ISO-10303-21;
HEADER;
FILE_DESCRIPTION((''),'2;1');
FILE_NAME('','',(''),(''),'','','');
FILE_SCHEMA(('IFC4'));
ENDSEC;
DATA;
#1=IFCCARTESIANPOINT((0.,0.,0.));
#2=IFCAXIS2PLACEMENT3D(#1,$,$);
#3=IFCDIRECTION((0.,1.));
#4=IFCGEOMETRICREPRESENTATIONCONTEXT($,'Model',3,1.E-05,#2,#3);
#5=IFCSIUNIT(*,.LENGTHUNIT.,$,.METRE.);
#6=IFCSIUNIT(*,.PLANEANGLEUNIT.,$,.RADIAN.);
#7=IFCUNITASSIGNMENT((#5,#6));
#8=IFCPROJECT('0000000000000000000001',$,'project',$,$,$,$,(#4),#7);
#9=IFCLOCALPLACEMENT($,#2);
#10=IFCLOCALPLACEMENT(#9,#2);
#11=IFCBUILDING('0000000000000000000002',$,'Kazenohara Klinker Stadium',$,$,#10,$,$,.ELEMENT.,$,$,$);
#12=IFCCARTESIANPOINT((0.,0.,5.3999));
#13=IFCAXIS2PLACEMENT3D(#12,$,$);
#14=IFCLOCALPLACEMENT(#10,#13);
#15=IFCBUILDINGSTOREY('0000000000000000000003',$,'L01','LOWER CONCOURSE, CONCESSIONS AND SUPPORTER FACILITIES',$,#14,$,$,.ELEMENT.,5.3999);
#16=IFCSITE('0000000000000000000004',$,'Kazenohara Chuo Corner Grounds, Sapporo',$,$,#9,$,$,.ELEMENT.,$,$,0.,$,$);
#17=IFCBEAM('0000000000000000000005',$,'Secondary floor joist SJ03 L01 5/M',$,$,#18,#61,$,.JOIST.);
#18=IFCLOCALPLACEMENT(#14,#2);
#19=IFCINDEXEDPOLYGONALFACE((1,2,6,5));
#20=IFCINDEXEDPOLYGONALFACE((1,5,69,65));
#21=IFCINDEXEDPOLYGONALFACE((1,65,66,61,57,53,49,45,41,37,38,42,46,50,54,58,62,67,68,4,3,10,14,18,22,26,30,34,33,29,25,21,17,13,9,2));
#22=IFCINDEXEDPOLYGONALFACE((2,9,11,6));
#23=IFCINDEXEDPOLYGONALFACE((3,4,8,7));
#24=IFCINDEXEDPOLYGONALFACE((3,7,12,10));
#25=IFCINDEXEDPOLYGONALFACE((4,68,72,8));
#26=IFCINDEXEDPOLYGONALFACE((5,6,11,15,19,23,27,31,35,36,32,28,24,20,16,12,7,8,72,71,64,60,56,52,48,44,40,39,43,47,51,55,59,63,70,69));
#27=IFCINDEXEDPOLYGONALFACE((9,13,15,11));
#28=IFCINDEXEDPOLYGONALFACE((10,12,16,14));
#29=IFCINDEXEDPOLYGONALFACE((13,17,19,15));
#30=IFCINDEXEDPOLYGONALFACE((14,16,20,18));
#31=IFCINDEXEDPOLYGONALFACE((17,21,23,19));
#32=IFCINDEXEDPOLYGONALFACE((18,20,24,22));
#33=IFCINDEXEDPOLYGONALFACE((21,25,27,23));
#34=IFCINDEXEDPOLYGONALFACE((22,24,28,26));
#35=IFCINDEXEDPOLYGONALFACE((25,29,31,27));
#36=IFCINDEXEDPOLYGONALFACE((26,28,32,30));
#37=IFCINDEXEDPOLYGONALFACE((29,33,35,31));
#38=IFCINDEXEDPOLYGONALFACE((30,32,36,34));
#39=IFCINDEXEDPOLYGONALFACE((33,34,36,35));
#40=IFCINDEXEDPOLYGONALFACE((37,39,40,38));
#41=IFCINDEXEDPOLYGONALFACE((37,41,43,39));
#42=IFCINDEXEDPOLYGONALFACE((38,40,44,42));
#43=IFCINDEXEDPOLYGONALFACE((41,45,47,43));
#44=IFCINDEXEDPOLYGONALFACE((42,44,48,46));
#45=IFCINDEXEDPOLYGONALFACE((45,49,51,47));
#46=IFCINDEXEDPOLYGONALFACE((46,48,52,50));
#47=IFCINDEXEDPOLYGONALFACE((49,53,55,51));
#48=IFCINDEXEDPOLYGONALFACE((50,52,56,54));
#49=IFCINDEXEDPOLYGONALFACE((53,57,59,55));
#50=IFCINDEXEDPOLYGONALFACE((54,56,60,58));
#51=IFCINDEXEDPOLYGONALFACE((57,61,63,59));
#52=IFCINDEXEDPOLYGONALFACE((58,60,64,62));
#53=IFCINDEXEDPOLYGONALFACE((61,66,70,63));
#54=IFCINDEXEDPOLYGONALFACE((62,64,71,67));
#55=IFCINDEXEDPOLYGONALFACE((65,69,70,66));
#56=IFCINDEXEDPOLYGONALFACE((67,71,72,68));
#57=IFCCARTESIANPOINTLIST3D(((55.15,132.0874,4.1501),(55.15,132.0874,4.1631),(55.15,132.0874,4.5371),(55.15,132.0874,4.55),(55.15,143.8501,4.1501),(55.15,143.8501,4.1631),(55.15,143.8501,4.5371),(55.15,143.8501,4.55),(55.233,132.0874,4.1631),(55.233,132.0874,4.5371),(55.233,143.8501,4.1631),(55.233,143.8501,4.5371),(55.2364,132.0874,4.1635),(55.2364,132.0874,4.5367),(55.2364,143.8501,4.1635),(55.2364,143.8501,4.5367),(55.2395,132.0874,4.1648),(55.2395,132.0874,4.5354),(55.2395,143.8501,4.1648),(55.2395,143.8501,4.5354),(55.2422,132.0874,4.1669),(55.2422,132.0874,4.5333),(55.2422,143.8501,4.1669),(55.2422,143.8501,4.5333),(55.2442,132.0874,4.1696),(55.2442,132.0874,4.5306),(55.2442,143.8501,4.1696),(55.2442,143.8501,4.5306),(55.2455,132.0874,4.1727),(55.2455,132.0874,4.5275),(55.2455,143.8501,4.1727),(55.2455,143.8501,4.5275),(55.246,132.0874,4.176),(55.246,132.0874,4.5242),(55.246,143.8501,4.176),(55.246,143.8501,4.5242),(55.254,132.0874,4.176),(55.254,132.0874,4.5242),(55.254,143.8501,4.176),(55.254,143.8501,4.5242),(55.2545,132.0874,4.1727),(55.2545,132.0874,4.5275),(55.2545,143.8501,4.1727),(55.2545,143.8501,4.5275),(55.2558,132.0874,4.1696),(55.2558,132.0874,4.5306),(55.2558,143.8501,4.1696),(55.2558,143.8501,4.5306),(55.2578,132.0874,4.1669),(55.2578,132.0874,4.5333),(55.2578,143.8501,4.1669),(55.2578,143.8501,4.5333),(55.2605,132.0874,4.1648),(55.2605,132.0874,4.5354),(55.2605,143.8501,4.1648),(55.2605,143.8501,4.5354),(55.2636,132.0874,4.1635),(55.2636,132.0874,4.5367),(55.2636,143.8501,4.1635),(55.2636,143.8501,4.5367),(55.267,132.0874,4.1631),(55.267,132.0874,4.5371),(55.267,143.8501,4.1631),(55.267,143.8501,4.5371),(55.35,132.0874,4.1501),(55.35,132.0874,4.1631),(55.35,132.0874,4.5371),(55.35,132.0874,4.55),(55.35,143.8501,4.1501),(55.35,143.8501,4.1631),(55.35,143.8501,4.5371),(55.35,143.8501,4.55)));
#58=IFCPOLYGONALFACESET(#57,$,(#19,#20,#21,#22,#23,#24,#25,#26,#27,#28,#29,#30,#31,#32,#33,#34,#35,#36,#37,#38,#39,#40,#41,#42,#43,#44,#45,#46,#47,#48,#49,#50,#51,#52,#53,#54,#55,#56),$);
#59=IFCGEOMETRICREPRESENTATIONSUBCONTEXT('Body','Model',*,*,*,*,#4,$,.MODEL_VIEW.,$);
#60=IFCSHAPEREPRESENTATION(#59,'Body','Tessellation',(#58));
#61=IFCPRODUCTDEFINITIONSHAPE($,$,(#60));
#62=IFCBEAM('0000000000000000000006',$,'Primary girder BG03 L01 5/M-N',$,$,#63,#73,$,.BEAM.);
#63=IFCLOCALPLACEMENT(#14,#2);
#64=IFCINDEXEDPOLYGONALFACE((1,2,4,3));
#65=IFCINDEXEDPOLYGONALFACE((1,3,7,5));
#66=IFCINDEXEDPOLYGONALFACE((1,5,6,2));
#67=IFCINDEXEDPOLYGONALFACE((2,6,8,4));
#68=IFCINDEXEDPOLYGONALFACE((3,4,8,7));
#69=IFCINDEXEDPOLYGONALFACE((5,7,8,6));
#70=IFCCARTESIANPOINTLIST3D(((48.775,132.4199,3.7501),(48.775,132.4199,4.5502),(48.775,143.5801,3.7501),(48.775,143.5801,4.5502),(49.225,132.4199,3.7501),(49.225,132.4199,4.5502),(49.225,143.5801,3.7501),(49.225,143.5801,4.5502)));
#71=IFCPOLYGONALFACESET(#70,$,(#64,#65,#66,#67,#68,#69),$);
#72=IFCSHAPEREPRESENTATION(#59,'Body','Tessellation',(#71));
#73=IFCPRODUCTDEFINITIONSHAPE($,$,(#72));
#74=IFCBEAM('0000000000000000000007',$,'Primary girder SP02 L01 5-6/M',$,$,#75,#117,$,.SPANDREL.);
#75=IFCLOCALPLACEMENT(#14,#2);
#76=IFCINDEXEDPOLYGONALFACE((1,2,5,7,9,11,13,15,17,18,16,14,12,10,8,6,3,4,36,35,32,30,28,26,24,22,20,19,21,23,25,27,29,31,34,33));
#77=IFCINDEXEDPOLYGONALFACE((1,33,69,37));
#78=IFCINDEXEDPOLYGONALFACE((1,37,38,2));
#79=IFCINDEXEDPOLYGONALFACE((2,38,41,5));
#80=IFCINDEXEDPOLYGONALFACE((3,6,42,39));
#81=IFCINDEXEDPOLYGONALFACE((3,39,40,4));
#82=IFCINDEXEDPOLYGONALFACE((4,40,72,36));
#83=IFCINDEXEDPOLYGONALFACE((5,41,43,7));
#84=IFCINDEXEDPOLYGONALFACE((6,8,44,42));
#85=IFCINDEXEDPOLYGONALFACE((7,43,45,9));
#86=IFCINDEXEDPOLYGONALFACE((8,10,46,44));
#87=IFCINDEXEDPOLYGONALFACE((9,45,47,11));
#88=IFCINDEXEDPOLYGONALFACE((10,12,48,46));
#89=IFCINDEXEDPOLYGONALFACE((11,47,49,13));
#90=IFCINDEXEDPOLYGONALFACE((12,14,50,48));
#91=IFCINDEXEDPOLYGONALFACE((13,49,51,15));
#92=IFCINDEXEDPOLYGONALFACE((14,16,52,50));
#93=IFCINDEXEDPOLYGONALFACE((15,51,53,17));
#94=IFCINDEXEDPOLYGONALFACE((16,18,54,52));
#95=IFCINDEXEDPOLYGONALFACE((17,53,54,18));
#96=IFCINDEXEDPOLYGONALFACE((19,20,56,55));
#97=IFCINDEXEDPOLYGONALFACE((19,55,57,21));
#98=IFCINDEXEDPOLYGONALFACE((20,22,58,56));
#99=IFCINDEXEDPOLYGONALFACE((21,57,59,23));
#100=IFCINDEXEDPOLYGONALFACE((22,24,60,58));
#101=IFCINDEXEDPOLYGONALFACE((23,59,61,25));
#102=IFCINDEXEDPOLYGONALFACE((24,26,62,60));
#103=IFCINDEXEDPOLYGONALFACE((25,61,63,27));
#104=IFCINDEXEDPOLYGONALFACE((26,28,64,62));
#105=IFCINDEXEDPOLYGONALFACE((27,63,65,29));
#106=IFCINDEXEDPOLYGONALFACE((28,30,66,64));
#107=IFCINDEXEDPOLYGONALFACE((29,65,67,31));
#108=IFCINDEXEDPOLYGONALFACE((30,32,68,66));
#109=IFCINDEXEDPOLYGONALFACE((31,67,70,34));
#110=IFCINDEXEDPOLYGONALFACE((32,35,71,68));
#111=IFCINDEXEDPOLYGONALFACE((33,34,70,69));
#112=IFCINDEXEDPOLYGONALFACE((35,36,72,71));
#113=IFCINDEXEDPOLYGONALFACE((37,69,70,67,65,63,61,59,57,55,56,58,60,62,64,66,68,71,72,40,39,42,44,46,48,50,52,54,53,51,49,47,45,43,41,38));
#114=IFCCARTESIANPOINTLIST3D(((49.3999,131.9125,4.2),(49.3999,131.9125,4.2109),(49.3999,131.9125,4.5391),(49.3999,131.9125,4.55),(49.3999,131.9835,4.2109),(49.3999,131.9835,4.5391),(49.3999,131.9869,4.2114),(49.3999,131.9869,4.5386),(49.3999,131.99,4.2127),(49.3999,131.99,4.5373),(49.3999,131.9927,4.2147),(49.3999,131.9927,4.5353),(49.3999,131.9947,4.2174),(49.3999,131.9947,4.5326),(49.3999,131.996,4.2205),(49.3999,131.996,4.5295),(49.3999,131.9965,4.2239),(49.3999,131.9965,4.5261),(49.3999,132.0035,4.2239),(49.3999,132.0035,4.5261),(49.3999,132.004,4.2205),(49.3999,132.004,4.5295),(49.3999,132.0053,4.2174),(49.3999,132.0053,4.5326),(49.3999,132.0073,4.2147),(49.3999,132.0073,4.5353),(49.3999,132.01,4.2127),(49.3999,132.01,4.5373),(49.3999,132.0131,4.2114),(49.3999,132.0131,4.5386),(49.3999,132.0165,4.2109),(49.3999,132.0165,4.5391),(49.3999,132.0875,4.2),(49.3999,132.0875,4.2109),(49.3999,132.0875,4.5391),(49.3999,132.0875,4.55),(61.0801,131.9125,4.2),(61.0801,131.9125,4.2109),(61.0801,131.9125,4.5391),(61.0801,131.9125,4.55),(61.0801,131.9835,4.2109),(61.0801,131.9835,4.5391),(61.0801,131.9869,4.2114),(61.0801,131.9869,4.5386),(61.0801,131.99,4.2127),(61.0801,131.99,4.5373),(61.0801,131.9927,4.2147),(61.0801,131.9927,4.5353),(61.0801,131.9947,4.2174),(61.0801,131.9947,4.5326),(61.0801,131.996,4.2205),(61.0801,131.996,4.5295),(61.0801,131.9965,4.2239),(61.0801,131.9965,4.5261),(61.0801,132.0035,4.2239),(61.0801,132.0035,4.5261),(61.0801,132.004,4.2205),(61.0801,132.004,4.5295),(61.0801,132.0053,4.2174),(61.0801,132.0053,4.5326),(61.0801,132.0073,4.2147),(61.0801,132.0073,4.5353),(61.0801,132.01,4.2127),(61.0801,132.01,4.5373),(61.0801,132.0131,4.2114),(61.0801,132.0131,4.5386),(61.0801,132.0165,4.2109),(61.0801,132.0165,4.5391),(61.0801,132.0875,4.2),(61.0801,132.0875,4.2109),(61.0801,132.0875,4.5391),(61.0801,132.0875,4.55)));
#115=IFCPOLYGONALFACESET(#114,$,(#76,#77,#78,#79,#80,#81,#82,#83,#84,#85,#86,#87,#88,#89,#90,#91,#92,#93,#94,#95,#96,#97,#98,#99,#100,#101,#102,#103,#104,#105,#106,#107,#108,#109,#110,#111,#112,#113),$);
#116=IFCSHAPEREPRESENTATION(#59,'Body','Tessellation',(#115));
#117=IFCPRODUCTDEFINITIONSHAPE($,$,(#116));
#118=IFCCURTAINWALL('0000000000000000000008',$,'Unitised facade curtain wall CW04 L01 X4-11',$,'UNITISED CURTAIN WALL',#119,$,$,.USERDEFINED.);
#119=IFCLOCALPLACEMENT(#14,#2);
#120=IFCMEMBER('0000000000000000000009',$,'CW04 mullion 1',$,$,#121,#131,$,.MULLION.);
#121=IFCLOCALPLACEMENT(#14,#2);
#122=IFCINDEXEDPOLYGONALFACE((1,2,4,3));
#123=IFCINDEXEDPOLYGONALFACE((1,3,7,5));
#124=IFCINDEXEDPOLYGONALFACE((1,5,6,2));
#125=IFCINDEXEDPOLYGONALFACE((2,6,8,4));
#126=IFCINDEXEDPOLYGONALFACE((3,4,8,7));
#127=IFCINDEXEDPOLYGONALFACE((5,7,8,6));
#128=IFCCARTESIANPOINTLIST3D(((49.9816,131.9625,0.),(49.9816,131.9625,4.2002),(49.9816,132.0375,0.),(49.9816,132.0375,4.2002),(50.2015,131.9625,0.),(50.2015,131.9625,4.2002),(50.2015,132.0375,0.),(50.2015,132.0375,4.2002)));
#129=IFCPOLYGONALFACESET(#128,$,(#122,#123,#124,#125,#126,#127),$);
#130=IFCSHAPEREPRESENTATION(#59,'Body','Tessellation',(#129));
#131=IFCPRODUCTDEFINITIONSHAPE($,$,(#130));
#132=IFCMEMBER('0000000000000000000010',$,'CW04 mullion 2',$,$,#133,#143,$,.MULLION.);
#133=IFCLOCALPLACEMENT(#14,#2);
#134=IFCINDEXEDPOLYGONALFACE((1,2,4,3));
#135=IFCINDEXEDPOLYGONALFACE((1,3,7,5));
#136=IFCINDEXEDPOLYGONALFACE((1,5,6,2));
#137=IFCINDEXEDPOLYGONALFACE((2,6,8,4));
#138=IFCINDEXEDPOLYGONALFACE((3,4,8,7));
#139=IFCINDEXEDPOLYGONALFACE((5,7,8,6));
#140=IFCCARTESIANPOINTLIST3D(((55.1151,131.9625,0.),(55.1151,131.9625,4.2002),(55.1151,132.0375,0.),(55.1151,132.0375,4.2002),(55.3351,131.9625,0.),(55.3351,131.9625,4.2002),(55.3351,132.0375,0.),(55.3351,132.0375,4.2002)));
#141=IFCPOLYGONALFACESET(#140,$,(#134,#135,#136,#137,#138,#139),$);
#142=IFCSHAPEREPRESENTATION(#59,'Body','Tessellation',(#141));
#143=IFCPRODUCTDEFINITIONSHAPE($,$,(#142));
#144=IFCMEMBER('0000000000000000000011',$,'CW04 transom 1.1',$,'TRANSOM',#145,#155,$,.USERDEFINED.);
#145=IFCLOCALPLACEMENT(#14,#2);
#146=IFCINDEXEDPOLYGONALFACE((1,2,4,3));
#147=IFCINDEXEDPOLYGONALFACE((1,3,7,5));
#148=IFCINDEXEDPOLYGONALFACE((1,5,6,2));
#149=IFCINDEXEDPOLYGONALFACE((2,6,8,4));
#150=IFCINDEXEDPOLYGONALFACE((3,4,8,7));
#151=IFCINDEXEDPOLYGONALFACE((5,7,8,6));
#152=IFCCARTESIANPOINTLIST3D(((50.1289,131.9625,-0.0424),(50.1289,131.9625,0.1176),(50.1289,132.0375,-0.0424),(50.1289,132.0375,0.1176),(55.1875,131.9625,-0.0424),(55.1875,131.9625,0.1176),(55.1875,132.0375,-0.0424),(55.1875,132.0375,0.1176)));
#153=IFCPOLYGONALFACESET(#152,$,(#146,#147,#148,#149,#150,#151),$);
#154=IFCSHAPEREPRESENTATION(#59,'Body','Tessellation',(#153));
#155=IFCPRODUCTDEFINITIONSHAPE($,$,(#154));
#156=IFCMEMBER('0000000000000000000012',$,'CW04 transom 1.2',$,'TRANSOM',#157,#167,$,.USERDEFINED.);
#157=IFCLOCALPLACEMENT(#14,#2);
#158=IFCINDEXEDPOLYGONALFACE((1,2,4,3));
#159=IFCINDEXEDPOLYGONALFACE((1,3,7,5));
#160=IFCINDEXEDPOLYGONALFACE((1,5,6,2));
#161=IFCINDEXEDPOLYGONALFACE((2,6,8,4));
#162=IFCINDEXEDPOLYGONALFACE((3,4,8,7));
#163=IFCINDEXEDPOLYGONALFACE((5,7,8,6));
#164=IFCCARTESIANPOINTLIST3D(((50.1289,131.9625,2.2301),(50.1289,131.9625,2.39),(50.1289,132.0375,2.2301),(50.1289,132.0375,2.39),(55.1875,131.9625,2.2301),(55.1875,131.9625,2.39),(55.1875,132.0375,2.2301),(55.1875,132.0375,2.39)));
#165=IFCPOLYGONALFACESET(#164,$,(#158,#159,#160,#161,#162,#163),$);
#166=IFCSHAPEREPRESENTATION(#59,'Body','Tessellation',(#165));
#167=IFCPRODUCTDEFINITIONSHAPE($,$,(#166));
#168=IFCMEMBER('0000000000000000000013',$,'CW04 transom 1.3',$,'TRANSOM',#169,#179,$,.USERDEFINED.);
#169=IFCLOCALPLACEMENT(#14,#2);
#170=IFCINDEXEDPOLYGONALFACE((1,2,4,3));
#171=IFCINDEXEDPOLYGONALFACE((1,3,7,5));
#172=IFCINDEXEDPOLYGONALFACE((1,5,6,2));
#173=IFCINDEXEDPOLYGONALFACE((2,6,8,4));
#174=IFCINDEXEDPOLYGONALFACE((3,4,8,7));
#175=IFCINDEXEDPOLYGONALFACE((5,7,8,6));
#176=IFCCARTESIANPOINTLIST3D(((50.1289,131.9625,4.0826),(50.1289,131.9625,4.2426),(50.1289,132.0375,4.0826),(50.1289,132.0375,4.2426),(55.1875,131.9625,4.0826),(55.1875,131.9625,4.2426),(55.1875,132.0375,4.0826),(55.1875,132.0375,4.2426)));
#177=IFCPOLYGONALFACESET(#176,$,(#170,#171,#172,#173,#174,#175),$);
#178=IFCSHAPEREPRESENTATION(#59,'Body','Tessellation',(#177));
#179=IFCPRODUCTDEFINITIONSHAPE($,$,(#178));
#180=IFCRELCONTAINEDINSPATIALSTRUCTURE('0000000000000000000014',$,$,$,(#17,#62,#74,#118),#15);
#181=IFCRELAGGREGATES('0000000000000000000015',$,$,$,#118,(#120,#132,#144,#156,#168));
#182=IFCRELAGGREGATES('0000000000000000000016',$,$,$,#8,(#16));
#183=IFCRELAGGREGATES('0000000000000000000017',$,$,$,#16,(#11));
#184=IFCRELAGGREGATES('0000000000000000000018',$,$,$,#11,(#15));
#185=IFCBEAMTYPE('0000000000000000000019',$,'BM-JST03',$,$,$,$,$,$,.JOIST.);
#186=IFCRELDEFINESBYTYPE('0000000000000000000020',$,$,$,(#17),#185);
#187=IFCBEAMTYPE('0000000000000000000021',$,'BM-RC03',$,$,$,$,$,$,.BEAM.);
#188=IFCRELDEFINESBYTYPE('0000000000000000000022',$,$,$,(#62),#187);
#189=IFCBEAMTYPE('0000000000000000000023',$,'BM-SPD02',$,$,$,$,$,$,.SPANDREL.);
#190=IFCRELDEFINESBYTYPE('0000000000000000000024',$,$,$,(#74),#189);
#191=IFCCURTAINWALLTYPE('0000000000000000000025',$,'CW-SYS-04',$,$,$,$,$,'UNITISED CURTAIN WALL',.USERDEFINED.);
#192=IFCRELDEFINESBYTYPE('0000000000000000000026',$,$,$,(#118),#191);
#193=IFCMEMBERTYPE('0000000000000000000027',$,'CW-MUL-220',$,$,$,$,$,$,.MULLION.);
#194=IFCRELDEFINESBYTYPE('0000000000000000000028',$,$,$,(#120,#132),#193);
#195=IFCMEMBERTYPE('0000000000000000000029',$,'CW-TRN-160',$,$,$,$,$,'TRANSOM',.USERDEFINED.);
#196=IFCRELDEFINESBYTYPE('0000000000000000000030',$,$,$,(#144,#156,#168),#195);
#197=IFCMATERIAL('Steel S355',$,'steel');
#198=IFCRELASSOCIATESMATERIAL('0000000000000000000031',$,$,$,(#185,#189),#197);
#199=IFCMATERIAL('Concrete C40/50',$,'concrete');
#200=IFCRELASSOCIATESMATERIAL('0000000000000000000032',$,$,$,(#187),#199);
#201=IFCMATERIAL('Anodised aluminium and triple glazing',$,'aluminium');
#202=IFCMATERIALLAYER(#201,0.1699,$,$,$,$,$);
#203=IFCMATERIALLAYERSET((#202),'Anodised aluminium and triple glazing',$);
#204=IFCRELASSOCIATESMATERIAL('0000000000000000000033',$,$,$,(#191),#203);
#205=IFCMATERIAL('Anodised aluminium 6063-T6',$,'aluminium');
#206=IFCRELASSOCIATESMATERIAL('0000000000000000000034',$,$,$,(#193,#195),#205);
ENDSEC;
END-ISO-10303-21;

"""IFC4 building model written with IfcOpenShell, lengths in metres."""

from ifc_helpers import new_model, si_unit, direction, frame, origin, origin_2d, place, context, subcontext, project, spatial, rectangle, i_section, extrude, material, layer, layer_set, material_profile, profile_set, type_object, element, aggregate, save


model = new_model("IFC4")

# Units and contexts
model_context = context("Model", 3, precision=1e-05, world=origin(), true_north=direction((0.0, 1.0)))
body_context = subcontext(model_context, "Body", "Model", "MODEL_VIEW")
ifc_project = project(units=[si_unit("LENGTHUNIT", "METRE"), si_unit("PLANEANGLEUNIT", "RADIAN")], contexts=[model_context])

# Site, building, storey
site_placement = place(None, origin())
site = spatial("IfcSite", under=ifc_project, at=site_placement, Name="Kazenohara Chuo Corner Grounds, Sapporo", CompositionType="ELEMENT", RefElevation=0.0)
building_placement = place(site_placement, origin())
building = spatial("IfcBuilding", under=site, at=building_placement, Name="Kazenohara Klinker Stadium", CompositionType="ELEMENT")
storey_placement = place(building_placement, frame((0.0, 0.0, 5.3999)))
storey = spatial("IfcBuildingStorey", under=building, at=storey_placement, Name="L01", Description="LOWER CONCOURSE, CONCESSIONS AND SUPPORTER FACILITIES", CompositionType="ELEMENT", Elevation=5.3999)

# Beams
ifc_material_1 = material(Name="Steel S355", Category="steel")
ifc_material_profile_1 = material_profile(ifc_material_1, i_section(OverallWidth=0.2, OverallDepth=0.3999, WebThickness=0.0081, FlangeThickness=0.0129, FilletRadius=0.0129, at=origin_2d()), Name="H-400x200x8x13")
ifc_profile_set_1 = profile_set([ifc_material_profile_1], Name="Steel S355")
beam_type_1 = type_object("IfcBeamType", Name="BM-JST03", PredefinedType="JOIST", material=ifc_profile_set_1)
beam_1_placement = place(storey_placement, frame((55.25, 132.0874, 4.3501), z_axis=(0.0, 1.0, 0.0), x_axis=(-1.0, 0.0, 0.0)))
element("IfcBeam", 1, at=beam_1_placement, inside=storey, type_object=beam_type_1, Name="Secondary floor joist SJ03 L01 5/M", PredefinedType="JOIST", context=body_context, shape_type="SweptSolid", body=[
    extrude(i_section(OverallWidth=0.2, OverallDepth=0.3999, WebThickness=0.0081, FlangeThickness=0.0129, FilletRadius=0.0129, at=origin_2d()), origin(), (0.0, 0.0, 1.0), 11.7627),
])
ifc_material_2 = material(Name="Concrete C40/50", Category="concrete")
ifc_material_profile_2 = material_profile(ifc_material_2, rectangle(XDim=0.45, YDim=0.8, at=origin_2d()), Name="RC-BM-450x800")
ifc_profile_set_2 = profile_set([ifc_material_profile_2], Name="Concrete C40/50")
beam_type_2 = type_object("IfcBeamType", Name="BM-RC03", PredefinedType="BEAM", material=ifc_profile_set_2)
beam_2_placement = place(storey_placement, frame((49.0, 132.4199, 4.1501), z_axis=(0.0, 1.0, 0.0), x_axis=(-1.0, 0.0, 0.0)))
element("IfcBeam", 2, at=beam_2_placement, inside=storey, type_object=beam_type_2, Name="Primary girder BG03 L01 5/M-N", PredefinedType="BEAM", context=body_context, shape_type="SweptSolid", body=[
    extrude(rectangle(XDim=0.45, YDim=0.8, at=origin_2d()), origin(), (0.0, 0.0, 1.0), 11.1602),
])
ifc_material_profile_3 = material_profile(ifc_material_1, i_section(OverallWidth=0.175, OverallDepth=0.3501, WebThickness=0.0071, FlangeThickness=0.011, FilletRadius=0.0129, at=origin_2d()), Name="H-350x175x7x11")
ifc_profile_set_3 = profile_set([ifc_material_profile_3], Name="Steel S355")
beam_type_3 = type_object("IfcBeamType", Name="BM-SPD02", PredefinedType="SPANDREL", material=ifc_profile_set_3)
beam_3_placement = place(storey_placement, frame((49.3999, 132.0, 4.375), z_axis=(1.0, 0.0, 0.0), x_axis=(0.0, 1.0, 0.0)))
element("IfcBeam", 3, at=beam_3_placement, inside=storey, type_object=beam_type_3, Name="Primary girder SP02 L01 5-6/M", PredefinedType="SPANDREL", context=body_context, shape_type="SweptSolid", body=[
    extrude(i_section(OverallWidth=0.175, OverallDepth=0.3501, WebThickness=0.0071, FlangeThickness=0.011, FilletRadius=0.0129, at=origin_2d()), origin(), (0.0, 0.0, 1.0), 11.6802),
])

# Curtain wall, members
ifc_material_3 = material(Name="Anodised aluminium and triple glazing", Category="aluminium")
ifc_layer_1 = layer(ifc_material_3, 0.1699)
ifc_layer_set_1 = layer_set([ifc_layer_1], Name="Anodised aluminium and triple glazing")
curtain_wall_type = type_object("IfcCurtainWallType", Name="CW-SYS-04", ElementType="UNITISED CURTAIN WALL", PredefinedType="USERDEFINED", material=ifc_layer_set_1)
curtain_wall_placement = place(storey_placement, origin())
curtain_wall = element("IfcCurtainWall", 4, at=curtain_wall_placement, inside=storey, type_object=curtain_wall_type, Name="Unitised facade curtain wall CW04 L01 X4-11", ObjectType="UNITISED CURTAIN WALL", PredefinedType="USERDEFINED")
ifc_material_4 = material(Name="Anodised aluminium 6063-T6", Category="aluminium")
ifc_material_profile_4 = material_profile(ifc_material_4, rectangle(XDim=0.075, YDim=0.22, at=origin_2d()), Name="ALU-MUL-75x220")
ifc_profile_set_4 = profile_set([ifc_material_profile_4], Name="Anodised aluminium 6063-T6")
member_type_1 = type_object("IfcMemberType", Name="CW-MUL-220", PredefinedType="MULLION", material=ifc_profile_set_4)
member_1_placement = place(storey_placement, frame((50.0916, 132.0, 0.0), z_axis=(0.0, 0.0, 1.0), x_axis=(0.0, 1.0, 0.0)))
member_1 = element("IfcMember", 5, at=member_1_placement, type_object=member_type_1, Name="CW04 mullion 1", PredefinedType="MULLION", context=body_context, shape_type="SweptSolid", body=[
    extrude(rectangle(XDim=0.075, YDim=0.22, at=origin_2d()), origin(), (0.0, 0.0, 1.0), 4.2002),
])
member_2_placement = place(storey_placement, frame((55.2251, 132.0, 0.0), z_axis=(0.0, 0.0, 1.0), x_axis=(0.0, 1.0, 0.0)))
member_2 = element("IfcMember", 6, at=member_2_placement, type_object=member_type_1, Name="CW04 mullion 2", PredefinedType="MULLION", context=body_context, shape_type="SweptSolid", body=[
    extrude(rectangle(XDim=0.075, YDim=0.22, at=origin_2d()), origin(), (0.0, 0.0, 1.0), 4.2002),
])
ifc_material_profile_5 = material_profile(ifc_material_4, rectangle(XDim=0.075, YDim=0.1599, at=origin_2d()), Name="ALU-TRN-75x160")
ifc_profile_set_5 = profile_set([ifc_material_profile_5], Name="Anodised aluminium 6063-T6")
member_type_2 = type_object("IfcMemberType", Name="CW-TRN-160", ElementType="TRANSOM", PredefinedType="USERDEFINED", material=ifc_profile_set_5)
member_3_placement = place(storey_placement, frame((50.1289, 132.0, 0.0376), z_axis=(1.0, 0.0, 0.0), x_axis=(0.0, 1.0, 0.0)))
member_3 = element("IfcMember", 7, at=member_3_placement, type_object=member_type_2, Name="CW04 transom 1.1", ObjectType="TRANSOM", PredefinedType="USERDEFINED", context=body_context, shape_type="SweptSolid", body=[
    extrude(rectangle(XDim=0.075, YDim=0.1599, at=origin_2d()), origin(), (0.0, 0.0, 1.0), 5.0586),
])
member_4_placement = place(storey_placement, frame((50.1289, 132.0, 2.3101), z_axis=(1.0, 0.0, 0.0), x_axis=(0.0, 1.0, 0.0)))
member_4 = element("IfcMember", 8, at=member_4_placement, type_object=member_type_2, Name="CW04 transom 1.2", ObjectType="TRANSOM", PredefinedType="USERDEFINED", context=body_context, shape_type="SweptSolid", body=[
    extrude(rectangle(XDim=0.075, YDim=0.1599, at=origin_2d()), origin(), (0.0, 0.0, 1.0), 5.0586),
])
member_5_placement = place(storey_placement, frame((50.1289, 132.0, 4.1626), z_axis=(1.0, 0.0, 0.0), x_axis=(0.0, 1.0, 0.0)))
member_5 = element("IfcMember", 9, at=member_5_placement, type_object=member_type_2, Name="CW04 transom 1.3", ObjectType="TRANSOM", PredefinedType="USERDEFINED", context=body_context, shape_type="SweptSolid", body=[
    extrude(rectangle(XDim=0.075, YDim=0.1599, at=origin_2d()), origin(), (0.0, 0.0, 1.0), 5.0586),
])
aggregate(curtain_wall, [member_1, member_2, member_3, member_4, member_5])

save(model, "model.ifc")
